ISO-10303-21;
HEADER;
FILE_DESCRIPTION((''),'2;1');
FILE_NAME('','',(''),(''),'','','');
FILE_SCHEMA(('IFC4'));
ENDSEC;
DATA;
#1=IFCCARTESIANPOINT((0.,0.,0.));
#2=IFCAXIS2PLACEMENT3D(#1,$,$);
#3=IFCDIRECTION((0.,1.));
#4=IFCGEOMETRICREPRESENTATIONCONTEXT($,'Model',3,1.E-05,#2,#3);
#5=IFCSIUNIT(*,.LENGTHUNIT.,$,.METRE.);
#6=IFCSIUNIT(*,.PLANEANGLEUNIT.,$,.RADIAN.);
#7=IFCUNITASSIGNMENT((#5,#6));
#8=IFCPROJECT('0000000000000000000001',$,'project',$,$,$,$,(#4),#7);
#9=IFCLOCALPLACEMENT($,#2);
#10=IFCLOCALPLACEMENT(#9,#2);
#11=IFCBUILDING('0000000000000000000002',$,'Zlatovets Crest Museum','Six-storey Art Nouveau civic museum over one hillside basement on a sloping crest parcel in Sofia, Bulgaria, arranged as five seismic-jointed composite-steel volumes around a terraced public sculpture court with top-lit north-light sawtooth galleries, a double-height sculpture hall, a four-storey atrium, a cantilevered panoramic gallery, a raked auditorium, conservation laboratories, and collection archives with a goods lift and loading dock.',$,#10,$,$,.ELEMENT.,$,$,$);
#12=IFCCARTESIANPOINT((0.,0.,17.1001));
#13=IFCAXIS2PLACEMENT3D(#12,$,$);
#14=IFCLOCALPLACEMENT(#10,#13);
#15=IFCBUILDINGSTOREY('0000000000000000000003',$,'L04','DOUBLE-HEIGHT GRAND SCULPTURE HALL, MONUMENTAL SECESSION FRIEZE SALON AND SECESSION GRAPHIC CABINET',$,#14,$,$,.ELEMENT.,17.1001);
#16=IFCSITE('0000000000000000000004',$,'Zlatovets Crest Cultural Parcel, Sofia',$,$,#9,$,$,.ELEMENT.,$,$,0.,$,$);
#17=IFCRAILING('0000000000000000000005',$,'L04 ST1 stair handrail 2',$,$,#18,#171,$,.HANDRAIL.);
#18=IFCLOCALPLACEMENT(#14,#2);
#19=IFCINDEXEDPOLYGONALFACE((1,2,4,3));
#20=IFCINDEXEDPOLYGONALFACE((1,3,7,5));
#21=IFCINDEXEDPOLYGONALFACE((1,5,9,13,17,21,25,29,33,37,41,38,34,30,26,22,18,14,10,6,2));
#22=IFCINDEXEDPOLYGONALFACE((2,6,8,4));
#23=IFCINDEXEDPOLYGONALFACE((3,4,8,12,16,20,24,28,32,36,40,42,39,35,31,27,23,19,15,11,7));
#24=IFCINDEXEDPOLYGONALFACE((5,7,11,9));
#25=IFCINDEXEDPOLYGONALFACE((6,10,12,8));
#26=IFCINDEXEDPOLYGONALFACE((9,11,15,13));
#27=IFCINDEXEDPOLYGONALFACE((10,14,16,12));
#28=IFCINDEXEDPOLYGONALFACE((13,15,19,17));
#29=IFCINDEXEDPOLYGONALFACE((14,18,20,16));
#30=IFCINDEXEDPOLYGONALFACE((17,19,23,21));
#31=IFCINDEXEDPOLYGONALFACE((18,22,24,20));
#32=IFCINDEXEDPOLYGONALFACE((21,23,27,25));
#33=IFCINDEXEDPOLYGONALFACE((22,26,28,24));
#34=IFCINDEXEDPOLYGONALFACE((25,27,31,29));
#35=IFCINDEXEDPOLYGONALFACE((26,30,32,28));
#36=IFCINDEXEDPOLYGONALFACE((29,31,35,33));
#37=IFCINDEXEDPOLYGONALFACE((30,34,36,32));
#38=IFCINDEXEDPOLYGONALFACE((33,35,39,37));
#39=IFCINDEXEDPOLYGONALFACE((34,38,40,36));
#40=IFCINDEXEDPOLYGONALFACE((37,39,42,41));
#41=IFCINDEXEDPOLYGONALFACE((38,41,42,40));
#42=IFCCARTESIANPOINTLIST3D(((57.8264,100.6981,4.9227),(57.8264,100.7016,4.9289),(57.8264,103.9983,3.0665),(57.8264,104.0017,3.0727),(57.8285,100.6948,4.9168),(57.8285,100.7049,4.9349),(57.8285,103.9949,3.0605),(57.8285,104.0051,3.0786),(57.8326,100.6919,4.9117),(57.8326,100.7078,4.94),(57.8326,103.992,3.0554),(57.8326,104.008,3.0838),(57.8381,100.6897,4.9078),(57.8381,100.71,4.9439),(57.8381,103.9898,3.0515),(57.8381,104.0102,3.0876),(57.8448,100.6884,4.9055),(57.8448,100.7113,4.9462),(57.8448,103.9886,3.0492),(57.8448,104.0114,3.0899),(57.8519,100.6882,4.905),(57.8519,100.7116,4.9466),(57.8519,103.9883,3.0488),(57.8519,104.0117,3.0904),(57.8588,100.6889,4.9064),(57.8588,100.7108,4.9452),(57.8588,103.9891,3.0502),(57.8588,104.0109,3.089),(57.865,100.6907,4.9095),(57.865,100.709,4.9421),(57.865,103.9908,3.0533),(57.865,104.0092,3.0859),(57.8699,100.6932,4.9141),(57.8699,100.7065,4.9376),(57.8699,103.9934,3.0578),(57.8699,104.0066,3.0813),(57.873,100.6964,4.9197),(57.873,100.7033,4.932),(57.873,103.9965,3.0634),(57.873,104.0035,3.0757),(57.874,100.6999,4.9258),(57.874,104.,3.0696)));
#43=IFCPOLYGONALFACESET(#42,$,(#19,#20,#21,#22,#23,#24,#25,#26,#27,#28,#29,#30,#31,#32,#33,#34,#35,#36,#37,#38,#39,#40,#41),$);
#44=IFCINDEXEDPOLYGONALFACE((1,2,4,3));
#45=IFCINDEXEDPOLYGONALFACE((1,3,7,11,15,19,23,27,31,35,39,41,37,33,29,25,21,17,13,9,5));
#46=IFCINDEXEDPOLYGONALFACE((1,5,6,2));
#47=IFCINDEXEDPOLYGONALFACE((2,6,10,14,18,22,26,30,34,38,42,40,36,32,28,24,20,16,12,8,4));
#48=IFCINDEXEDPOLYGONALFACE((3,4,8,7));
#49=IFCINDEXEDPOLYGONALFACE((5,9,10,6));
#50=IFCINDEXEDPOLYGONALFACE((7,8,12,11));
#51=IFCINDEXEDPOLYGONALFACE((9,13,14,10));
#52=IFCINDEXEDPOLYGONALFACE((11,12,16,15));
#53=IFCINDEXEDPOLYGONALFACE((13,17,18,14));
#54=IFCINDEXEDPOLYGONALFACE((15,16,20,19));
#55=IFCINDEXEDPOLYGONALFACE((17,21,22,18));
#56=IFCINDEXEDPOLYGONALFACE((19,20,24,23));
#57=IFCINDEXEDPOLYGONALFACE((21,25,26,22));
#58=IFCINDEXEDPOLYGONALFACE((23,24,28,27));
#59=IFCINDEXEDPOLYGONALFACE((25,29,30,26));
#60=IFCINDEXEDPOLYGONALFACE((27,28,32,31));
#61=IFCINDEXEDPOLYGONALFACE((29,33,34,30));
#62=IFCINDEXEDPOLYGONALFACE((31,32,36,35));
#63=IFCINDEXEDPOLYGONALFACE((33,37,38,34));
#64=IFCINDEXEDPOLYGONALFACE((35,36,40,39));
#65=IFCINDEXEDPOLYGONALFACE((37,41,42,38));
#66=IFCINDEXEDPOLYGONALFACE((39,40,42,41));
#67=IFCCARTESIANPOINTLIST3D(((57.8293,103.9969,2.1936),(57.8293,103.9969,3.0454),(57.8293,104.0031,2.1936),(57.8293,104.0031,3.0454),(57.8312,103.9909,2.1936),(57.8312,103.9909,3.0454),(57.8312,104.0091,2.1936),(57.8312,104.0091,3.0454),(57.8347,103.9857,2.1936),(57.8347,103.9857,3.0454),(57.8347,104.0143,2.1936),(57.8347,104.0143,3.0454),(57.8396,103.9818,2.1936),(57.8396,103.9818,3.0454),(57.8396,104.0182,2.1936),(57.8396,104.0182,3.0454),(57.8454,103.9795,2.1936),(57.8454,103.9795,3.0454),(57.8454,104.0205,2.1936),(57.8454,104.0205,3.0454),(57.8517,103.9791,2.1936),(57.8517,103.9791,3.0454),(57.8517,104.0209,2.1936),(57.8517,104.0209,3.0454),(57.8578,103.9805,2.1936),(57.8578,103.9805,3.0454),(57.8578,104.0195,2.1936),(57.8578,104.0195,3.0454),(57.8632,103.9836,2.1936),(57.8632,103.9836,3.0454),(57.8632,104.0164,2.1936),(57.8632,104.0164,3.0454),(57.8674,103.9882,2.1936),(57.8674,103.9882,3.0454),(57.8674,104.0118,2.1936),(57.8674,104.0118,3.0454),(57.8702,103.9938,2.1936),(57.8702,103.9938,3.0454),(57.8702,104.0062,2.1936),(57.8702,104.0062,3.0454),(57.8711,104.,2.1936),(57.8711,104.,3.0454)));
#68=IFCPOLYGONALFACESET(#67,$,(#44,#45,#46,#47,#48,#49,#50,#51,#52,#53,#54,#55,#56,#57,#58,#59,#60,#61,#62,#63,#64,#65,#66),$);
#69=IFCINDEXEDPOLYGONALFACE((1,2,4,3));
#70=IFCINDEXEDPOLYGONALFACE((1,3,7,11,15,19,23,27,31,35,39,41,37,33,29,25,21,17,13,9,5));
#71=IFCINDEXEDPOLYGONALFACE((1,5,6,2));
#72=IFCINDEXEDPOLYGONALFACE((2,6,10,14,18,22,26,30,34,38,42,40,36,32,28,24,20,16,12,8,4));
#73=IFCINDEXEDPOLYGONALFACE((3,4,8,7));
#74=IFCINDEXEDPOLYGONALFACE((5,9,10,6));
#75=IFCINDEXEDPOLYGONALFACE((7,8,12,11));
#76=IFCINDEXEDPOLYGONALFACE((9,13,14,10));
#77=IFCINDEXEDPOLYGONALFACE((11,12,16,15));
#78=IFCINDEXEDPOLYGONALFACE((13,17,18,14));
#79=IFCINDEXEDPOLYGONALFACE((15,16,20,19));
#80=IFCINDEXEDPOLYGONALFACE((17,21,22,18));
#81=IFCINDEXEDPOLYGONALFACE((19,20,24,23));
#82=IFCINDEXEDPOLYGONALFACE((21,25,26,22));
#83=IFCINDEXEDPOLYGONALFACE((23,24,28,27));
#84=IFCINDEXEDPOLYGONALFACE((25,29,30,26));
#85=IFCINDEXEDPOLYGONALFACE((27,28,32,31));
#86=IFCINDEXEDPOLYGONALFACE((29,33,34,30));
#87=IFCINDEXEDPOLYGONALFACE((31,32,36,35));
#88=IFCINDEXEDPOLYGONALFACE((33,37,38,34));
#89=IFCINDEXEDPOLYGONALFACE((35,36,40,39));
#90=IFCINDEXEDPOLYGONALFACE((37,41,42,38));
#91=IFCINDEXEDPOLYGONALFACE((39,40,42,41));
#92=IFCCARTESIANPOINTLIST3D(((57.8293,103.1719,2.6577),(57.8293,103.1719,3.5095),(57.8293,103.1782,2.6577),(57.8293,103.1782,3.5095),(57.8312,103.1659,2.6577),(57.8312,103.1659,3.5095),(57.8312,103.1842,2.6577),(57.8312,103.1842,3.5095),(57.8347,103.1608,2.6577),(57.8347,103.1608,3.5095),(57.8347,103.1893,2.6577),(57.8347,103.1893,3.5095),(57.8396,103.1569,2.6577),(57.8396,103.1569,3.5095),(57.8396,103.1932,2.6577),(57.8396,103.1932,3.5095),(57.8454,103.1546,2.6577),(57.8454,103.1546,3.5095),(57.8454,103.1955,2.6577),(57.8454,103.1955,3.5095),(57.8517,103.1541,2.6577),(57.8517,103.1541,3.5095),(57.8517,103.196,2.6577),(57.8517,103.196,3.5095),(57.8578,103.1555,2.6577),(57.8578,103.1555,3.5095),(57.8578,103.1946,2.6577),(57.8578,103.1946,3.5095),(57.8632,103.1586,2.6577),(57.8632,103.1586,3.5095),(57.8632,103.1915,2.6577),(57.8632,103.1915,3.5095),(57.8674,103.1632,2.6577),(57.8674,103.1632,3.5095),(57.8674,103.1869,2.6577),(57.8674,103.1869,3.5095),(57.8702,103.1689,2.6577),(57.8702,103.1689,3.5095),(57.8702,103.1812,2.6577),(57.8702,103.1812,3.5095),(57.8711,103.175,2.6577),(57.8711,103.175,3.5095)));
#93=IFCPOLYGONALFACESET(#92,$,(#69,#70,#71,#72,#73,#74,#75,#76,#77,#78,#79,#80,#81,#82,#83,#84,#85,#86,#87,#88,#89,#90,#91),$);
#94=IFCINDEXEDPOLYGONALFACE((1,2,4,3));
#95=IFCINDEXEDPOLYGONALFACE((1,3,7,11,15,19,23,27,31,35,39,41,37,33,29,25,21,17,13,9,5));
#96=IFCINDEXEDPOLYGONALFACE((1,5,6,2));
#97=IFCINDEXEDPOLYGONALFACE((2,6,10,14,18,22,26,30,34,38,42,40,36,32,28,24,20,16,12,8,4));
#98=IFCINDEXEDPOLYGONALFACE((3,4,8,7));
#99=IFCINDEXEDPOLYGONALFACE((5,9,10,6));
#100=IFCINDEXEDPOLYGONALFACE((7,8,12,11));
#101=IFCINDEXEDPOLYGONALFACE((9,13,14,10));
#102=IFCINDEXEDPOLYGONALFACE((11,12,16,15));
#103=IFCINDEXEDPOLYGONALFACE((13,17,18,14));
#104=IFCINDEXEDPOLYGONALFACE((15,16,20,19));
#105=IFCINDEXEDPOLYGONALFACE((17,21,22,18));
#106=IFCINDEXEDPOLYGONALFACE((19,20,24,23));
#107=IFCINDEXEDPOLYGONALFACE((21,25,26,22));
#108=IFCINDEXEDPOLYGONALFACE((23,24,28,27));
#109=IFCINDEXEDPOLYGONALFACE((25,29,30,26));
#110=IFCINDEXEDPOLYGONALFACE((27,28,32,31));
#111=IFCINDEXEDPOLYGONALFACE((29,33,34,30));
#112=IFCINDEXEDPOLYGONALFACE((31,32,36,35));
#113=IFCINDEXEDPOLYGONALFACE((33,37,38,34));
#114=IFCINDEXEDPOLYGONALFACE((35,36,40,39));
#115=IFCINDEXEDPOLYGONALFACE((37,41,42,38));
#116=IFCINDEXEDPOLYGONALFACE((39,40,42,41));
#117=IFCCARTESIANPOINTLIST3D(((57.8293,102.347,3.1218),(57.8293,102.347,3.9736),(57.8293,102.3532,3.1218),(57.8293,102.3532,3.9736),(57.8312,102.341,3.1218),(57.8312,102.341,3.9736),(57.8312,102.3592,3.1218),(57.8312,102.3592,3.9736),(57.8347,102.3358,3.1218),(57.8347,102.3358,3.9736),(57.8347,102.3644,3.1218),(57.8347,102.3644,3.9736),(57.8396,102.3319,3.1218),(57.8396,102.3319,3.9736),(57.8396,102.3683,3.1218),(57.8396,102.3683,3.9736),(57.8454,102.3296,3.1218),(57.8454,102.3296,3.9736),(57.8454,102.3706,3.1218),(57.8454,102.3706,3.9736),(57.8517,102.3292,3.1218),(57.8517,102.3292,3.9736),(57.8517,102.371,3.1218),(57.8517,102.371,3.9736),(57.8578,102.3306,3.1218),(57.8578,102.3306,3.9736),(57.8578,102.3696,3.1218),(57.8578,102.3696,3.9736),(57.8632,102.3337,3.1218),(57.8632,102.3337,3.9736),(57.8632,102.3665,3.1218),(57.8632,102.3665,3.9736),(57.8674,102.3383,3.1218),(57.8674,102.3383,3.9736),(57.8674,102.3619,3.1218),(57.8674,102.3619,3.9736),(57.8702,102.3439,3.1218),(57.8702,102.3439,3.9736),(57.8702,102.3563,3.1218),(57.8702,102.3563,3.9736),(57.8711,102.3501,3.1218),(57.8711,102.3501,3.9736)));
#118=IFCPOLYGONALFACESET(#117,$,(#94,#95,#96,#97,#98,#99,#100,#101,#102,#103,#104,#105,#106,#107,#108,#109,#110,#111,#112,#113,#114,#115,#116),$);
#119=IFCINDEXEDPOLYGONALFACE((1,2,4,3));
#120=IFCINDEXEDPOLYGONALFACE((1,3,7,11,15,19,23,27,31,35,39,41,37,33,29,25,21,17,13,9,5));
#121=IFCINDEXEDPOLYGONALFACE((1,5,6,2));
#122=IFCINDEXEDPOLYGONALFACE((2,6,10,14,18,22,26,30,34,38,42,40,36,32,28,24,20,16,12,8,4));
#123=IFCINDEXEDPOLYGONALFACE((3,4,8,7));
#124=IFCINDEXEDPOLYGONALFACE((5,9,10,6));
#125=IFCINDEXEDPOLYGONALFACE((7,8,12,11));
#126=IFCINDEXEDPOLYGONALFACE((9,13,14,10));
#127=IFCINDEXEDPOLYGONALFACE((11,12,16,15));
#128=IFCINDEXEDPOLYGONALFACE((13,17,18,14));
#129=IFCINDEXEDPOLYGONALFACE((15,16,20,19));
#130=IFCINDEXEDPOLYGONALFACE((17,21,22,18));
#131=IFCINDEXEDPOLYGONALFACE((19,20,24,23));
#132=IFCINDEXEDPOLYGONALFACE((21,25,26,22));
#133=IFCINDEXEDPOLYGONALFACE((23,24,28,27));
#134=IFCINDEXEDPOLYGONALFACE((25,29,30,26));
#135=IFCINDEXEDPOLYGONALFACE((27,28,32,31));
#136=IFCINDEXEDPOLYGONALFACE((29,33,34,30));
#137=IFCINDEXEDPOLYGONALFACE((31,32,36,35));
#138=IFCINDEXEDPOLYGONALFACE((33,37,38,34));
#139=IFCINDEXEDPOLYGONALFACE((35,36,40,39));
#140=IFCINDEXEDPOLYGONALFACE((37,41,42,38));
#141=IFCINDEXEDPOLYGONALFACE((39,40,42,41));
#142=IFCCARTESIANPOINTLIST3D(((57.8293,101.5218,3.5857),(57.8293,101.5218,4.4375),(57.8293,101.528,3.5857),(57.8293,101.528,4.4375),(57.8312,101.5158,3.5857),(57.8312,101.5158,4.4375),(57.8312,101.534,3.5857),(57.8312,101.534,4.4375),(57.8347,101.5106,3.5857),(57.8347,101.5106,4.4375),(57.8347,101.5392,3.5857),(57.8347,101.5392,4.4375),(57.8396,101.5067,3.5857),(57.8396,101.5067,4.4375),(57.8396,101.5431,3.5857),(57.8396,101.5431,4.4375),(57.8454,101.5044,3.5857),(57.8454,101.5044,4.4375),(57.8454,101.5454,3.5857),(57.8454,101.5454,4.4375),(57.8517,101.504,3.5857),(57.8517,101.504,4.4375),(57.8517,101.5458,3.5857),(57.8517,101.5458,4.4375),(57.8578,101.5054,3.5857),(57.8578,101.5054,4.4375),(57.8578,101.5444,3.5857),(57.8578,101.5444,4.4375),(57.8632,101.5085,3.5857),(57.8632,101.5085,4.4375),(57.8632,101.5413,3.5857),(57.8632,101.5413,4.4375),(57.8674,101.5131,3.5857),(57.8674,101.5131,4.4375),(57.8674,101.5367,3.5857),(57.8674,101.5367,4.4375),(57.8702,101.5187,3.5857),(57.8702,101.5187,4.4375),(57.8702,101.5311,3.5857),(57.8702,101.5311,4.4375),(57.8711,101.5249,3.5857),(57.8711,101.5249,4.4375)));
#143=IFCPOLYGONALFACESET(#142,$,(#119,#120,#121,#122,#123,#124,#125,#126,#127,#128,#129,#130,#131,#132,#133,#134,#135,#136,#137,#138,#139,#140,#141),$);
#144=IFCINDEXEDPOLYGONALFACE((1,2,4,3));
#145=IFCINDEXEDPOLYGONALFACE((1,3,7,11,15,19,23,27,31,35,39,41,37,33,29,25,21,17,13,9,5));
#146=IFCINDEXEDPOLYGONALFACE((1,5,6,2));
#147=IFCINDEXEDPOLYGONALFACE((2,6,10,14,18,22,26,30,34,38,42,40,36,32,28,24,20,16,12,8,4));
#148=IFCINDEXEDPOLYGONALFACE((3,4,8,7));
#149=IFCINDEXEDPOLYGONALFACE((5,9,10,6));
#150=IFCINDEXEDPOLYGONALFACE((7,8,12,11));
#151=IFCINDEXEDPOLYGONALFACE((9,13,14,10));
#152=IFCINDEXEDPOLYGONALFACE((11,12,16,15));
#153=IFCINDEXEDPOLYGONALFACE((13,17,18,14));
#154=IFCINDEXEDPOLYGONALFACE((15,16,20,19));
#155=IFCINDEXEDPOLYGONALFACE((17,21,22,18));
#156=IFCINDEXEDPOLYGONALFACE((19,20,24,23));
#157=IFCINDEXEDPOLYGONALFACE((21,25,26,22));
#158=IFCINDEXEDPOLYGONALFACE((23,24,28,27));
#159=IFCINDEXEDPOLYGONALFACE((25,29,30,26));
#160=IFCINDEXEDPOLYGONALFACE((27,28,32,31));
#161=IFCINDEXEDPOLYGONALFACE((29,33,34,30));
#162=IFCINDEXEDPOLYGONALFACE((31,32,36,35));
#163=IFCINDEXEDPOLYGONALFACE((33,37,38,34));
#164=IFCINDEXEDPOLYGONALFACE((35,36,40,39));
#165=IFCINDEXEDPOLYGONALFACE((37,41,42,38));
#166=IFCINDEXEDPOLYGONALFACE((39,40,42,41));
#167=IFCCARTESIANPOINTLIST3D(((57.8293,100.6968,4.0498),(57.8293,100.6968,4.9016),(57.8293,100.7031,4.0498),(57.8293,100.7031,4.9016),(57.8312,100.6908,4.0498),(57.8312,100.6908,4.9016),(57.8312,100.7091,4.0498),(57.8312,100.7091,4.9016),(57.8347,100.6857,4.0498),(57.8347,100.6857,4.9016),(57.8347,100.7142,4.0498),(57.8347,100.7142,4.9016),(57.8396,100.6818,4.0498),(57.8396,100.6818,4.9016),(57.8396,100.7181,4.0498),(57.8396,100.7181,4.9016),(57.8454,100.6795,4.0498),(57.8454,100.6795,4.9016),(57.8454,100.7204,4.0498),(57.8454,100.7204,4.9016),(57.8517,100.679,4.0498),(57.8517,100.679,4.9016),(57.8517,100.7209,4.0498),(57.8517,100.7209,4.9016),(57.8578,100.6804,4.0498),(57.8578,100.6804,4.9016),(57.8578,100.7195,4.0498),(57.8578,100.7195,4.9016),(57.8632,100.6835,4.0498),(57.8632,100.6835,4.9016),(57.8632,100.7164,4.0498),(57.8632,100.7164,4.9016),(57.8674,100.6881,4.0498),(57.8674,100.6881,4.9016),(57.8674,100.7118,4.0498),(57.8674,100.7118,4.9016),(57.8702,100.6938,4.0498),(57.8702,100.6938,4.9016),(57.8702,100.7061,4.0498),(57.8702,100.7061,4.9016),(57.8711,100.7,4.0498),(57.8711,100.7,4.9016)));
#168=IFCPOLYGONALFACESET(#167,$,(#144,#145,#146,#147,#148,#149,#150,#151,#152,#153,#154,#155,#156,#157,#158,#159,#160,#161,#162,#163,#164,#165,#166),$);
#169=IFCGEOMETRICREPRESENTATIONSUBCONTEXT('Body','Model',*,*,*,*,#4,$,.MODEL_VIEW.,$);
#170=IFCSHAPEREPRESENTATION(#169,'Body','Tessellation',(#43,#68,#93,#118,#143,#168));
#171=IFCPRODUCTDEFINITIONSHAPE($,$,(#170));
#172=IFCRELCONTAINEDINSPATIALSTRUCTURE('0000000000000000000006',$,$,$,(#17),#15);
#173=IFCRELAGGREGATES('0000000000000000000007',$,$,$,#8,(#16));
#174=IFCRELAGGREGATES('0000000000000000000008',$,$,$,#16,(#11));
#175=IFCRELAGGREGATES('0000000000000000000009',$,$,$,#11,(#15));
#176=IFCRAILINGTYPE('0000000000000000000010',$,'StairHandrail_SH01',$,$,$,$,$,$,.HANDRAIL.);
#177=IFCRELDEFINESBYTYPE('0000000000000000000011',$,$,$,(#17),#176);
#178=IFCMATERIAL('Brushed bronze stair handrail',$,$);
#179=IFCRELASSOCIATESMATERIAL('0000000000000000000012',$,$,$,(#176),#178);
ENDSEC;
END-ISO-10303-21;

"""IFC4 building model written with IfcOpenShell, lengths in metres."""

from ifc_helpers import new_model, si_unit, direction, frame, origin, origin_2d, place, context, subcontext, project, spatial, circle, extrude, material, type_object, element, save


model = new_model("IFC4")

# Units and contexts
model_context = context("Model", 3, precision=1e-05, world=origin(), true_north=direction((0.0, 1.0)))
body_context = subcontext(model_context, "Body", "Model", "MODEL_VIEW")
ifc_project = project(units=[si_unit("LENGTHUNIT", "METRE"), si_unit("PLANEANGLEUNIT", "RADIAN")], contexts=[model_context])

# Site, building, storey
site_placement = place(None, origin())
site = spatial("IfcSite", under=ifc_project, at=site_placement, Name="Zlatovets Crest Cultural Parcel, Sofia", CompositionType="ELEMENT", RefElevation=0.0)
building_placement = place(site_placement, origin())
building = spatial("IfcBuilding", under=site, at=building_placement, Name="Zlatovets Crest Museum", Description="Six-storey Art Nouveau civic museum over one hillside basement on a sloping crest parcel in Sofia, Bulgaria, arranged as five seismic-jointed composite-steel volumes around a terraced public sculpture court with top-lit north-light sawtooth galleries, a double-height sculpture hall, a four-storey atrium, a cantilevered panoramic gallery, a raked auditorium, conservation laboratories, and collection archives with a goods lift and loading dock.", CompositionType="ELEMENT")
storey_placement = place(building_placement, frame((0.0, 0.0, 17.1001)))
storey = spatial("IfcBuildingStorey", under=building, at=storey_placement, Name="L04", Description="DOUBLE-HEIGHT GRAND SCULPTURE HALL, MONUMENTAL SECESSION FRIEZE SALON AND SECESSION GRAPHIC CABINET", CompositionType="ELEMENT", Elevation=17.1001)

# Railing
ifc_material_1 = material(Name="Brushed bronze stair handrail")
railing_type_1 = type_object("IfcRailingType", Name="StairHandrail_SH01", PredefinedType="HANDRAIL", material=ifc_material_1)
railing_1_placement = place(storey_placement, frame((57.8501, 104.0, 2.1936)))
element("IfcRailing", 1, at=railing_1_placement, inside=storey, type_object=railing_type_1, Name="L04 ST1 stair handrail 2", PredefinedType="HANDRAIL", context=body_context, shape_type="SweptSolid", body=[
    extrude(circle(Radius=0.0239, at=origin_2d()), frame((0.0, 0.0, 0.876), z_axis=(0.0, -0.871584, 0.490246), x_axis=(1.0, 0.0, 0.0)), (0.0, 0.0, 1.0), 3.7864),
    extrude(circle(Radius=0.021, at=origin_2d()), origin(), (0.0, 0.0, 1.0), 0.8518),
    extrude(circle(Radius=0.021, at=origin_2d()), frame((0.0, -0.825, 0.4641)), (0.0, 0.0, 1.0), 0.8518),
    extrude(circle(Radius=0.021, at=origin_2d()), frame((0.0, -1.6499, 0.9282)), (0.0, 0.0, 1.0), 0.8518),
    extrude(circle(Radius=0.021, at=origin_2d()), frame((0.0, -2.4751, 1.3921)), (0.0, 0.0, 1.0), 0.8518),
    extrude(circle(Radius=0.021, at=origin_2d()), frame((0.0, -3.3, 1.8562)), (0.0, 0.0, 1.0), 0.8518),
])

save(model, "model.ifc")
